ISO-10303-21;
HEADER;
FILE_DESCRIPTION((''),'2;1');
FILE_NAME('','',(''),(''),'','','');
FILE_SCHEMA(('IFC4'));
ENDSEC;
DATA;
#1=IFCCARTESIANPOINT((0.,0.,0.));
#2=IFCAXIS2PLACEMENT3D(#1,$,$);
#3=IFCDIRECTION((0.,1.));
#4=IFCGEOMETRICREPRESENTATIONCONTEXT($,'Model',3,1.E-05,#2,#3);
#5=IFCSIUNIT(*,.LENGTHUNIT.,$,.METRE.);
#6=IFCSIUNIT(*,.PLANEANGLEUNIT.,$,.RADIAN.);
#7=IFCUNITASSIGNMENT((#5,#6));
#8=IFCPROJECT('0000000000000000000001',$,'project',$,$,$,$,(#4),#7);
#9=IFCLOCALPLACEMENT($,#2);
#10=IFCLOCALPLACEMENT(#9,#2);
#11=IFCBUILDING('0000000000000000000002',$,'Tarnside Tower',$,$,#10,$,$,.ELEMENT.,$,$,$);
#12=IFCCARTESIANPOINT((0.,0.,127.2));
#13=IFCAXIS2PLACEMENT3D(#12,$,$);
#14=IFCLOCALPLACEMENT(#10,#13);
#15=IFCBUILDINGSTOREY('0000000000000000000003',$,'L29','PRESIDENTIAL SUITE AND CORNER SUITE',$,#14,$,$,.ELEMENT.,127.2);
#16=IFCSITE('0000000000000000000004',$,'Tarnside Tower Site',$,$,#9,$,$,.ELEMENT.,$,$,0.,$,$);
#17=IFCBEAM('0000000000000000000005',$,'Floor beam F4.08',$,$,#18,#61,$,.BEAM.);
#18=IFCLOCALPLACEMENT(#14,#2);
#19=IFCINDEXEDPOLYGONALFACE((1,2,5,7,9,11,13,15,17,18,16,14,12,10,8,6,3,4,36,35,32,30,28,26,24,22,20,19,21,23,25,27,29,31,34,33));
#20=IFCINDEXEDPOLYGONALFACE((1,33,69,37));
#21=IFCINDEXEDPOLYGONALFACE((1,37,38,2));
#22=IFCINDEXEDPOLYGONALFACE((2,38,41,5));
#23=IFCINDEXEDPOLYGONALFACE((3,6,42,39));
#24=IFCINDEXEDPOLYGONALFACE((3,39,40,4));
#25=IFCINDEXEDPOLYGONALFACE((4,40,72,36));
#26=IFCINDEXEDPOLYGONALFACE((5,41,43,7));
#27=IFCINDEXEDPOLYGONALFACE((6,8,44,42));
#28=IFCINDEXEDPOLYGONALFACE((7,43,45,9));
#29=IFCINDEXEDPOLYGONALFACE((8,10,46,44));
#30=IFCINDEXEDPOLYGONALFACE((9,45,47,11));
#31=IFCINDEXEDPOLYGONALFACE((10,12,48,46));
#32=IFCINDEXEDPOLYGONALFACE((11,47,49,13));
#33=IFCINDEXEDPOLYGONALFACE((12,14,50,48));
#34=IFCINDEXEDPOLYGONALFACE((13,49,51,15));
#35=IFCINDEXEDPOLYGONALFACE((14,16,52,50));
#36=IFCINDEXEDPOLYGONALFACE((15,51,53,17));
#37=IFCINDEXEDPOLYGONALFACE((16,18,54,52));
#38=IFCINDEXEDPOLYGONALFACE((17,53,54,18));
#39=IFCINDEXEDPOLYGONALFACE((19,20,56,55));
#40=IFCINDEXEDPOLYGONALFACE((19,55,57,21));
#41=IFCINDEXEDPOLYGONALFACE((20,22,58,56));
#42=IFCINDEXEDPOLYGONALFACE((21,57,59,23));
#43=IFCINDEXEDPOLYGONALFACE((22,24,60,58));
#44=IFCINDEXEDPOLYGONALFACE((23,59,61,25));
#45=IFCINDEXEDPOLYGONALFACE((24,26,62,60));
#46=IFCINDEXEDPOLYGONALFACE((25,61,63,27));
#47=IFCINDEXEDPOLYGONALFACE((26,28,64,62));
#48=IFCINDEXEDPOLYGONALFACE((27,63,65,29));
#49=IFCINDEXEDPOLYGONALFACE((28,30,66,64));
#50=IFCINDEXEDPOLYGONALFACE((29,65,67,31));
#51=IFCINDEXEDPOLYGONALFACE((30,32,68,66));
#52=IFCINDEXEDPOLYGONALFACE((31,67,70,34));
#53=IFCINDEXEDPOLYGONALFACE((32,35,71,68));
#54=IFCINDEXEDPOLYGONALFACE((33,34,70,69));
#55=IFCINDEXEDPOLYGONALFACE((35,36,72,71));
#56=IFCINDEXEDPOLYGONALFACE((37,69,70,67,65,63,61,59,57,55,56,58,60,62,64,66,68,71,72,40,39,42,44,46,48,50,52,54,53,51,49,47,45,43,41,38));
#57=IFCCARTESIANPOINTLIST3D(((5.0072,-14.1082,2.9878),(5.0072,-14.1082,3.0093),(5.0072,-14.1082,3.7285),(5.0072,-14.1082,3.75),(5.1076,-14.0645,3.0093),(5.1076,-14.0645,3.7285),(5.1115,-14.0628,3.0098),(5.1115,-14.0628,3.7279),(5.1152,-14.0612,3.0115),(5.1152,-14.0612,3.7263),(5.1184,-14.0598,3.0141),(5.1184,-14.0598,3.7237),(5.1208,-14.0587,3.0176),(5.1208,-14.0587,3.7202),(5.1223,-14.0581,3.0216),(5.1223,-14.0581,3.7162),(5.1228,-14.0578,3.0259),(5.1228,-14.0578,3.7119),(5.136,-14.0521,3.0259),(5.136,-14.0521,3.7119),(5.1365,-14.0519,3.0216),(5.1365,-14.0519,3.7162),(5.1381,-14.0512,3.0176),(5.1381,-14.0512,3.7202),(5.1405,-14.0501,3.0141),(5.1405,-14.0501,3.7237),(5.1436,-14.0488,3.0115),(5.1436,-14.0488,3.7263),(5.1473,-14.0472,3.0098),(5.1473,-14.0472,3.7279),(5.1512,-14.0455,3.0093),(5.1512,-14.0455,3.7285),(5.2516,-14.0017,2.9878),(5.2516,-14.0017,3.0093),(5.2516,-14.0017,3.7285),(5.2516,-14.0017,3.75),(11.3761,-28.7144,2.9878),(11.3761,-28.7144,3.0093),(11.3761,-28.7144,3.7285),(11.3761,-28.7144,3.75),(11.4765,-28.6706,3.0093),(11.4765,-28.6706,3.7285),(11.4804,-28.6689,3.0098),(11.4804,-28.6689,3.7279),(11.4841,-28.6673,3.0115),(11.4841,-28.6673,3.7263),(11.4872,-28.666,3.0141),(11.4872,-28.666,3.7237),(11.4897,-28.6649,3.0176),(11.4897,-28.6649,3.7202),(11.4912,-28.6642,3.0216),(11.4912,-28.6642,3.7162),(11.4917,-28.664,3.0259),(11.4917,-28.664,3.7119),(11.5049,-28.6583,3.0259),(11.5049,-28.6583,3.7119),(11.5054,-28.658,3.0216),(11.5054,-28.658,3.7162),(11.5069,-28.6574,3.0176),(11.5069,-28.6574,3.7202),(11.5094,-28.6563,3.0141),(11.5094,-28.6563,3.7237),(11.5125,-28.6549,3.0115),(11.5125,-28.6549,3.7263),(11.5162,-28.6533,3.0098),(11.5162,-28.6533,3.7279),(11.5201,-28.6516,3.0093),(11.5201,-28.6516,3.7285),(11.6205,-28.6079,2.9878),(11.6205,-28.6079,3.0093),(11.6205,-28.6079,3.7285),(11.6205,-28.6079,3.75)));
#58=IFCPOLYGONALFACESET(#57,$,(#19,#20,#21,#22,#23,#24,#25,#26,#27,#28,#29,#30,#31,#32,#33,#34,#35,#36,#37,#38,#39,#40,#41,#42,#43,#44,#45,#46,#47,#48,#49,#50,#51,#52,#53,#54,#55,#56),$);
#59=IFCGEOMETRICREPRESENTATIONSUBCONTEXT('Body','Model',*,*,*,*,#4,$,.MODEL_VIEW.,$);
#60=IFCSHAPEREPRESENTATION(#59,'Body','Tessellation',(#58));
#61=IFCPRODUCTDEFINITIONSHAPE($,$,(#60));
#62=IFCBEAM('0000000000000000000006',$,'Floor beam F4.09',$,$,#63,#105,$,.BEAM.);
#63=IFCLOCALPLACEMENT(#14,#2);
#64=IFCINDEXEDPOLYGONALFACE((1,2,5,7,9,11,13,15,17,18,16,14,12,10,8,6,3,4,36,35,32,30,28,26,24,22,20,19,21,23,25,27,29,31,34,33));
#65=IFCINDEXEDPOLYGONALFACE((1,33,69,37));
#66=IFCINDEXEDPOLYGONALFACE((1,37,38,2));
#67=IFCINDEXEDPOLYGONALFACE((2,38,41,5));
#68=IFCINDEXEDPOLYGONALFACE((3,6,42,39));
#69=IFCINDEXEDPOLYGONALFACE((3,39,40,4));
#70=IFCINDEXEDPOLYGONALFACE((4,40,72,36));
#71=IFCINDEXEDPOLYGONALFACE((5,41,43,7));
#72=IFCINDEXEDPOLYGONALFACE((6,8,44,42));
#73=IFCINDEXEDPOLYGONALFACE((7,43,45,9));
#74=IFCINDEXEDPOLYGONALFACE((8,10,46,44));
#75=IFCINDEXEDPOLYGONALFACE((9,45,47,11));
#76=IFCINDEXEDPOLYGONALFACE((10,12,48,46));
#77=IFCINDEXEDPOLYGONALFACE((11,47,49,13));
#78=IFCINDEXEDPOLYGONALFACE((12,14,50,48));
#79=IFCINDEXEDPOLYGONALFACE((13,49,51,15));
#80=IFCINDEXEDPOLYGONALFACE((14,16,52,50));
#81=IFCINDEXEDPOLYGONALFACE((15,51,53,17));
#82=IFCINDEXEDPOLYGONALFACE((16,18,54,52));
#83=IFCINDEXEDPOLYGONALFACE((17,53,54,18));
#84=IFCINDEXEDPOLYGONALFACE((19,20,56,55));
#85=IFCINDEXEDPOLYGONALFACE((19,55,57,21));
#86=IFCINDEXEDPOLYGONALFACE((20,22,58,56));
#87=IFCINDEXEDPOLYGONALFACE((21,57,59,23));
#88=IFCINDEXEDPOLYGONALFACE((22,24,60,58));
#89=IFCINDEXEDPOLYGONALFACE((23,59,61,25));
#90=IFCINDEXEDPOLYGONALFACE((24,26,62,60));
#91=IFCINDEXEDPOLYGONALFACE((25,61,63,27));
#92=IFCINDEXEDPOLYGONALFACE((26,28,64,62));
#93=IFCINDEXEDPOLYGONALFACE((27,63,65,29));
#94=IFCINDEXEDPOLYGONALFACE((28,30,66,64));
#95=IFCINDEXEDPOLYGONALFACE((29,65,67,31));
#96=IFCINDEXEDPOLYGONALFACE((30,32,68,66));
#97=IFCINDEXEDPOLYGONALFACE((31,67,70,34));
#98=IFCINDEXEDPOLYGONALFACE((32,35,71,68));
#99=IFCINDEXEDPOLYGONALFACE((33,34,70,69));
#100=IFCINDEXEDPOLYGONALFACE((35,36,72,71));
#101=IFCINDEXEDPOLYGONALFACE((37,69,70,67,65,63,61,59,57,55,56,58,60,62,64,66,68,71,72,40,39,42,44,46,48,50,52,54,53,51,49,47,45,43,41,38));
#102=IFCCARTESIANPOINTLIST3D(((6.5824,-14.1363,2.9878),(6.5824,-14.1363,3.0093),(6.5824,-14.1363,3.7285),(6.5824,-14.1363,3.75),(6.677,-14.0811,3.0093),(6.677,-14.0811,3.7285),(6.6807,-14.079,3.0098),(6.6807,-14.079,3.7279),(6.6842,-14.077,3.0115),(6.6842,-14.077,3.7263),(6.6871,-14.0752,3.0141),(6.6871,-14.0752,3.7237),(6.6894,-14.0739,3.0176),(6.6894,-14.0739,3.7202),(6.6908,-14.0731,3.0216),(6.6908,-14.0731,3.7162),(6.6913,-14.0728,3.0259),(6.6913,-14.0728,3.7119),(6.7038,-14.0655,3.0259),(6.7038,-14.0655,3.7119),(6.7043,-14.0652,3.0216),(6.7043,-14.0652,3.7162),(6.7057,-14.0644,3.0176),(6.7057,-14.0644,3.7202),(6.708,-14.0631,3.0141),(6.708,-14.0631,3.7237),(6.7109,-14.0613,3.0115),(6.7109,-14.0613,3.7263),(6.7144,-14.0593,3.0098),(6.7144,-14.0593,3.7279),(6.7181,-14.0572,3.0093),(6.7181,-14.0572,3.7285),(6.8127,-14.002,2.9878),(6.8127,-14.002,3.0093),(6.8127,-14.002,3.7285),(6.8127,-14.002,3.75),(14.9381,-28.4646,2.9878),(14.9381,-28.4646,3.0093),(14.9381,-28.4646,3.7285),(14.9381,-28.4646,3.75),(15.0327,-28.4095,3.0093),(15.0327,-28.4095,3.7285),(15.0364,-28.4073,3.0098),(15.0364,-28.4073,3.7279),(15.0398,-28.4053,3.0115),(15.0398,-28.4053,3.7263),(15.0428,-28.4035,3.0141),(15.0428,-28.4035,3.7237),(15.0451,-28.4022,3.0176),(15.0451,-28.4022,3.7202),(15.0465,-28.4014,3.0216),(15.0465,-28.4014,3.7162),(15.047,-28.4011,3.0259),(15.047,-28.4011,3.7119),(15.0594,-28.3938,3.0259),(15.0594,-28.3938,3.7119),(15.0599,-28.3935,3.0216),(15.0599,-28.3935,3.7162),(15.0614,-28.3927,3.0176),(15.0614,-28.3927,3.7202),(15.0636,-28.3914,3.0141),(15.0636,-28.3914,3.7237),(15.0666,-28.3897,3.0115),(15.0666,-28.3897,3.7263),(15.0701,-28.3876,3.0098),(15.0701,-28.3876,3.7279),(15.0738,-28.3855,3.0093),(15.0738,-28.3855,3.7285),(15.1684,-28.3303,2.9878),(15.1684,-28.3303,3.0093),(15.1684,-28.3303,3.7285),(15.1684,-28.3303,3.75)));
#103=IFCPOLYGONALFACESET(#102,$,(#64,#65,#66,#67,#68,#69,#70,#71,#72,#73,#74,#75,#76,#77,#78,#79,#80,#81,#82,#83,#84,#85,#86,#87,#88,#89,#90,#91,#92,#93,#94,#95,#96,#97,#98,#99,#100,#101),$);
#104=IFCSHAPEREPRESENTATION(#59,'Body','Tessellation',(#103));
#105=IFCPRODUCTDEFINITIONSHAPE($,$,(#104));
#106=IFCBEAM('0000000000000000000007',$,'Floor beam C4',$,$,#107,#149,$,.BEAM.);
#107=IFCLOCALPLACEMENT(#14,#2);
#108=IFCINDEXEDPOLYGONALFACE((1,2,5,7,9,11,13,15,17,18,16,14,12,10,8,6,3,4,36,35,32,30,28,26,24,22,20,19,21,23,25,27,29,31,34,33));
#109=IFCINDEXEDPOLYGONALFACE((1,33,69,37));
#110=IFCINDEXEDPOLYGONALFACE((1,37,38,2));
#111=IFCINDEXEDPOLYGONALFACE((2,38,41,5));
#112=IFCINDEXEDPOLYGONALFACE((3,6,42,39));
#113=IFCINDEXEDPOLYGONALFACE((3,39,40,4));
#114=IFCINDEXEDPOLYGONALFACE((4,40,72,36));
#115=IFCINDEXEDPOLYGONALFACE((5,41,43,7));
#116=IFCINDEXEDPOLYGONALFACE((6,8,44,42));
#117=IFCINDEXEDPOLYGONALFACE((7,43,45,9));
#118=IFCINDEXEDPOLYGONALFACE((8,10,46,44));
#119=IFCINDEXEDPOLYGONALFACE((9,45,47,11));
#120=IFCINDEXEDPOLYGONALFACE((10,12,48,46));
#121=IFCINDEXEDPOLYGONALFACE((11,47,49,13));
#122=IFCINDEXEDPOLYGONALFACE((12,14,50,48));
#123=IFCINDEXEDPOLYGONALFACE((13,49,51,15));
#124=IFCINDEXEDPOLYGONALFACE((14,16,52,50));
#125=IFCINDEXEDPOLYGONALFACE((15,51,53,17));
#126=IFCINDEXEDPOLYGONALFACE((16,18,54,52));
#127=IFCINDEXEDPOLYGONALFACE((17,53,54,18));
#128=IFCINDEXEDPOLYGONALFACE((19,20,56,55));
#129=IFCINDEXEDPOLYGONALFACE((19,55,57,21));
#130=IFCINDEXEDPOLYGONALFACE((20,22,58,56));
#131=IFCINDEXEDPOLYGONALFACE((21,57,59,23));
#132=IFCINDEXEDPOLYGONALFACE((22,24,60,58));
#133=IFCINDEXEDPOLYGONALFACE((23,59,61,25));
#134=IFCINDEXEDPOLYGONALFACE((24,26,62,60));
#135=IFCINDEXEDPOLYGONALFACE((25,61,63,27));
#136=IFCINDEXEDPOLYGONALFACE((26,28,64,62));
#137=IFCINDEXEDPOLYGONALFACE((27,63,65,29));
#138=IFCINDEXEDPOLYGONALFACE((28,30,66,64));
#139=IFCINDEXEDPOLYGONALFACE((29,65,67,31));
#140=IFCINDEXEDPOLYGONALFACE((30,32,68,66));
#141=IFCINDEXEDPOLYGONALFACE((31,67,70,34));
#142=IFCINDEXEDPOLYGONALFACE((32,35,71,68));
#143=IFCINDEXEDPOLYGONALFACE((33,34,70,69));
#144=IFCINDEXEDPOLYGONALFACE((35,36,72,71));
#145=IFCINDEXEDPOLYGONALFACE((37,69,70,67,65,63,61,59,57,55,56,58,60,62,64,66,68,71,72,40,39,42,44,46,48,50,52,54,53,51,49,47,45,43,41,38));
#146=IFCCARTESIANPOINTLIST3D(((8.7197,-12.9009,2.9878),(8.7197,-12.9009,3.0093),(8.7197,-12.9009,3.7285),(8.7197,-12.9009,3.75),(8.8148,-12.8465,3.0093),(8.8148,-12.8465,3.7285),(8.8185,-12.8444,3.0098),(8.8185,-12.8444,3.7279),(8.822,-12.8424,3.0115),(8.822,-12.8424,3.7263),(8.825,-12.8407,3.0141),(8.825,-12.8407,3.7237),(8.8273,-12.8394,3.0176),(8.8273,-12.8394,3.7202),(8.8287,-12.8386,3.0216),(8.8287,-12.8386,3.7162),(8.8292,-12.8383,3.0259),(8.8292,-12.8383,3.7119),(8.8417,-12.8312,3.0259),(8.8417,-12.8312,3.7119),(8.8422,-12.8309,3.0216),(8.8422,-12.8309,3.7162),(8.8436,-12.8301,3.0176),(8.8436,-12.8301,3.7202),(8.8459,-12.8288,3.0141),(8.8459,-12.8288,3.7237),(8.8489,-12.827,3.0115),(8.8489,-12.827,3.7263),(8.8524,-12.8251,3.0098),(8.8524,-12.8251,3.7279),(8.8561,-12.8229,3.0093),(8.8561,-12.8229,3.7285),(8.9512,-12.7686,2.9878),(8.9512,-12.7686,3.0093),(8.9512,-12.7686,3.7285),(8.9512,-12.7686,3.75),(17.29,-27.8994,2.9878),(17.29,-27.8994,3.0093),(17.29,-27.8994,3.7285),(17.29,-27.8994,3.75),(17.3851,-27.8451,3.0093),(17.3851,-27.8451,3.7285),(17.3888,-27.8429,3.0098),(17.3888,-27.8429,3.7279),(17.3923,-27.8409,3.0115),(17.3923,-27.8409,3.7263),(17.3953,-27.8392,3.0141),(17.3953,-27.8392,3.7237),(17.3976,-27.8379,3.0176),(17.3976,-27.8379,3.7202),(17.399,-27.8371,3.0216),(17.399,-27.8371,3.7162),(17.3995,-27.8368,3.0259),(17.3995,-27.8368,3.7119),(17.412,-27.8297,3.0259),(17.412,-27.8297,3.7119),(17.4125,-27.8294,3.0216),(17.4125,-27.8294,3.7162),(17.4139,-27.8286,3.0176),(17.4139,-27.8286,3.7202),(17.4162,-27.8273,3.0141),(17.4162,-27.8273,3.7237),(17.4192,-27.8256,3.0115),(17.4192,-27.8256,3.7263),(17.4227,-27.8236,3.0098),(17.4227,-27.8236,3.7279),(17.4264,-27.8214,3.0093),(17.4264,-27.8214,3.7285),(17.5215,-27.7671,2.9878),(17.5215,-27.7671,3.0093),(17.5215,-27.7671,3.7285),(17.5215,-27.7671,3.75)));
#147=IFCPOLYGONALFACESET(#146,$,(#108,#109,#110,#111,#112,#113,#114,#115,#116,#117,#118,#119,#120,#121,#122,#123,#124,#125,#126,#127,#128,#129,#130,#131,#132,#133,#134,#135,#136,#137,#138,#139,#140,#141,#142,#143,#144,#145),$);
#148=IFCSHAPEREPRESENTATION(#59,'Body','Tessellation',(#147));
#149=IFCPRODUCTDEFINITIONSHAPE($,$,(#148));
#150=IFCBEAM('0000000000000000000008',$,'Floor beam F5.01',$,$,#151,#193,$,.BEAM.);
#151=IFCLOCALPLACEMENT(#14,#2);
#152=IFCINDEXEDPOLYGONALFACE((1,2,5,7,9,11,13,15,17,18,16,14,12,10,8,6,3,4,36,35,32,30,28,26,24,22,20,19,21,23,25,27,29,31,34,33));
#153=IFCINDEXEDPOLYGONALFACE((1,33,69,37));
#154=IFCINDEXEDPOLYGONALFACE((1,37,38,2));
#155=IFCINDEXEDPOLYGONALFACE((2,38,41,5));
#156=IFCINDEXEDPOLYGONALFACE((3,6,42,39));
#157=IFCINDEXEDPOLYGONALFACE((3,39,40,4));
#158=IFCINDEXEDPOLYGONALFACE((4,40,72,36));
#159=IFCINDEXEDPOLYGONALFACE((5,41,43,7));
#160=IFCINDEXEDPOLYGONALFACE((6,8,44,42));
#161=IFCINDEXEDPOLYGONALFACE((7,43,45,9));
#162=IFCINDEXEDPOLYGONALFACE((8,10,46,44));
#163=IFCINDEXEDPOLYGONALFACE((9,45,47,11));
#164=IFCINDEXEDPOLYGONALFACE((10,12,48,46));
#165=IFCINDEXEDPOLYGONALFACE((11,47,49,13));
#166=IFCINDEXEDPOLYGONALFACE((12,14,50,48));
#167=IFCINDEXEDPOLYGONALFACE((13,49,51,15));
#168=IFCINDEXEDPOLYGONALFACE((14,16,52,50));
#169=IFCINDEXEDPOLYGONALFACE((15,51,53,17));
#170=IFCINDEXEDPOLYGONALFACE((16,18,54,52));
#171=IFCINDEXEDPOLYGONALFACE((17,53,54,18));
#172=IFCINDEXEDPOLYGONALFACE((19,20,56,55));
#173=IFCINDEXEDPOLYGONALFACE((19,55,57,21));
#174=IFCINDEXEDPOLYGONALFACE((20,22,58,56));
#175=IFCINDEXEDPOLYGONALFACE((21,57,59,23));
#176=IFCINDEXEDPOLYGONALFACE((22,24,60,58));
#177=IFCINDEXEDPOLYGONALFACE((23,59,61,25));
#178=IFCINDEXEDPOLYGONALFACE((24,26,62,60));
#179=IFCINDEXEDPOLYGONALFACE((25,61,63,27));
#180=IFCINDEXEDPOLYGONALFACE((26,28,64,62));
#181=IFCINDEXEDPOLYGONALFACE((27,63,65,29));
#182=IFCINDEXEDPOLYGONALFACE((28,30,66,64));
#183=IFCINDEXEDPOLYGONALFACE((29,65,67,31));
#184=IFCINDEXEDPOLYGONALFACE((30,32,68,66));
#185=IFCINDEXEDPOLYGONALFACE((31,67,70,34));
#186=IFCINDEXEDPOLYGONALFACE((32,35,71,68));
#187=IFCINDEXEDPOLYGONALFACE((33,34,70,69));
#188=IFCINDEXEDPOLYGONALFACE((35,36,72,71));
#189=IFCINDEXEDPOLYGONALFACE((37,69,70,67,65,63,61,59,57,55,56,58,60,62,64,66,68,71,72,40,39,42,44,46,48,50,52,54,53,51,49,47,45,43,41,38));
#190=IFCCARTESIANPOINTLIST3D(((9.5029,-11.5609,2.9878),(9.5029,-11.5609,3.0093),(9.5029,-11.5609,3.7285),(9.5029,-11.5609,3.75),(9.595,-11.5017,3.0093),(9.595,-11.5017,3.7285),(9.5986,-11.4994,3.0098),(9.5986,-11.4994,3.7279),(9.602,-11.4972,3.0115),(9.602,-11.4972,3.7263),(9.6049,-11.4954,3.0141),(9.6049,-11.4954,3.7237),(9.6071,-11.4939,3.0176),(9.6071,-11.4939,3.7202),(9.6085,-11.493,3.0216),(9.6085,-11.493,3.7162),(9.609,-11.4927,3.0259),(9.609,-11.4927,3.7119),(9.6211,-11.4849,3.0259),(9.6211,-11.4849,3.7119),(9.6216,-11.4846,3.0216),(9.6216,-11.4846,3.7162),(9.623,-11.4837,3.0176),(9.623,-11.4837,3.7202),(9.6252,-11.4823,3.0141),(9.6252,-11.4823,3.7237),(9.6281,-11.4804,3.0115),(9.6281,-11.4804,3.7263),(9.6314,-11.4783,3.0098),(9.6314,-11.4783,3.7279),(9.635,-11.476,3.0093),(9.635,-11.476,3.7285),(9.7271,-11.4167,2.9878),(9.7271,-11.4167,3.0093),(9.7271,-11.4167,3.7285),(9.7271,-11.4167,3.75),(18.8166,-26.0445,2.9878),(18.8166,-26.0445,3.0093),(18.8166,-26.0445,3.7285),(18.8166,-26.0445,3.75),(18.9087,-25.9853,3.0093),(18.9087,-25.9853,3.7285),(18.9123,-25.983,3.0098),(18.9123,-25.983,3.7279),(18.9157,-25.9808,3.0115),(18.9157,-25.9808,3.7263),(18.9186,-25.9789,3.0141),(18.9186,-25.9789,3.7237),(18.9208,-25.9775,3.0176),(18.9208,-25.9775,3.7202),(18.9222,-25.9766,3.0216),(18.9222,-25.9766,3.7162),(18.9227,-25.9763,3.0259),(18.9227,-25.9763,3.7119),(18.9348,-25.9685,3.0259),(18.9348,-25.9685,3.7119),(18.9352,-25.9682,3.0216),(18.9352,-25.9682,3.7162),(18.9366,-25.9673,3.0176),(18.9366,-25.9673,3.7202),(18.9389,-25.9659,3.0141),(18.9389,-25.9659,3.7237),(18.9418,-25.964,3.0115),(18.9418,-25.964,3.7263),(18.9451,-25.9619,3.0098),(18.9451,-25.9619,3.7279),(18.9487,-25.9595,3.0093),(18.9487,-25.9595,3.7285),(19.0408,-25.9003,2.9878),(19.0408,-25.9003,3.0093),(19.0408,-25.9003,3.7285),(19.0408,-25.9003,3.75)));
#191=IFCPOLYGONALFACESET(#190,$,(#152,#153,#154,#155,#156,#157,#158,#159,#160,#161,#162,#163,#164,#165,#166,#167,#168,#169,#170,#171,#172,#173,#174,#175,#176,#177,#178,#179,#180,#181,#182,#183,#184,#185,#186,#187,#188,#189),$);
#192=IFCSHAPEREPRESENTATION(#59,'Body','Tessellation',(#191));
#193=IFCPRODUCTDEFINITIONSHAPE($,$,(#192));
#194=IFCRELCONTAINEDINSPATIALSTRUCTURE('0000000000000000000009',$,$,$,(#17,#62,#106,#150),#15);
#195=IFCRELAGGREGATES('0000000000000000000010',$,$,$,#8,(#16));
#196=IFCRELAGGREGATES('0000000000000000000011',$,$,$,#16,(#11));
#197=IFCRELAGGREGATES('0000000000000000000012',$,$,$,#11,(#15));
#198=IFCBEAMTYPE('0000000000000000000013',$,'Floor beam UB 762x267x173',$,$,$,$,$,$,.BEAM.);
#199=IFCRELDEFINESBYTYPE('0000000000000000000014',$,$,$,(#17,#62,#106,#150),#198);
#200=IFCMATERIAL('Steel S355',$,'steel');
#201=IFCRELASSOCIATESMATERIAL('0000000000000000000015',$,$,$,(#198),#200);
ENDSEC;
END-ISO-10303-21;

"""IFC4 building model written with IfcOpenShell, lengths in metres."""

from ifc_helpers import new_model, si_unit, direction, frame, origin, origin_2d, place, context, subcontext, project, spatial, i_section, extrude, material, material_profile, profile_set, type_object, element, save


model = new_model("IFC4")

# Units and contexts
model_context = context("Model", 3, precision=1e-05, world=origin(), true_north=direction((0.0, 1.0)))
body_context = subcontext(model_context, "Body", "Model", "MODEL_VIEW")
ifc_project = project(units=[si_unit("LENGTHUNIT", "METRE"), si_unit("PLANEANGLEUNIT", "RADIAN")], contexts=[model_context])

# Site, building, storey
site_placement = place(None, origin())
site = spatial("IfcSite", under=ifc_project, at=site_placement, Name="Tarnside Tower Site", CompositionType="ELEMENT", RefElevation=0.0)
building_placement = place(site_placement, origin())
building = spatial("IfcBuilding", under=site, at=building_placement, Name="Tarnside Tower", CompositionType="ELEMENT")
storey_placement = place(building_placement, frame((0.0, 0.0, 127.2)))
storey = spatial("IfcBuildingStorey", under=building, at=storey_placement, Name="L29", Description="PRESIDENTIAL SUITE AND CORNER SUITE", CompositionType="ELEMENT", Elevation=127.2)

# Beams
ifc_material_1 = material(Name="Steel S355", Category="steel")
ifc_material_profile = material_profile(ifc_material_1, i_section(OverallWidth=0.2666, OverallDepth=0.7622, WebThickness=0.0144, FlangeThickness=0.0215, FilletRadius=0.0166, at=origin_2d()), Name="UB 762x267x173")
ifc_profile_set = profile_set([ifc_material_profile], Name="Steel S355")
beam_type = type_object("IfcBeamType", Name="Floor beam UB 762x267x173", PredefinedType="BEAM", material=ifc_profile_set)
beam_1_placement = place(storey_placement, frame((11.4983, -28.6611, 3.3689), z_axis=(-0.399696, 0.916648, 0.0), x_axis=(-0.916648, -0.399696, 0.0)))
element("IfcBeam", 1, at=beam_1_placement, inside=storey, type_object=beam_type, Name="Floor beam F4.08", PredefinedType="BEAM", context=body_context, shape_type="SweptSolid", body=[
    extrude(i_section(OverallWidth=0.2666, OverallDepth=0.7622, WebThickness=0.0144, FlangeThickness=0.0215, FilletRadius=0.0166, at=origin_2d()), origin(), (0.0, 0.0, 1.0), 15.9343),
])
beam_2_placement = place(storey_placement, frame((15.0532, -28.3975, 3.3689), z_axis=(-0.503758, 0.863845, 0.0), x_axis=(-0.863845, -0.503758, 0.0)))
element("IfcBeam", 2, at=beam_2_placement, inside=storey, type_object=beam_type, Name="Floor beam F4.09", PredefinedType="BEAM", context=body_context, shape_type="SweptSolid", body=[
    extrude(i_section(OverallWidth=0.2666, OverallDepth=0.7622, WebThickness=0.0144, FlangeThickness=0.0215, FilletRadius=0.0166, at=origin_2d()), origin(), (0.0, 0.0, 1.0), 16.5867),
])
beam_3_placement = place(storey_placement, frame((17.4058, -27.8333, 3.3689), z_axis=(-0.496127, 0.86825, 0.0), x_axis=(-0.86825, -0.496127, 0.0)))
element("IfcBeam", 3, at=beam_3_placement, inside=storey, type_object=beam_type, Name="Floor beam C4", PredefinedType="BEAM", context=body_context, shape_type="SweptSolid", body=[
    extrude(i_section(OverallWidth=0.2666, OverallDepth=0.7622, WebThickness=0.0144, FlangeThickness=0.0215, FilletRadius=0.0166, at=origin_2d()), origin(), (0.0, 0.0, 1.0), 17.2744),
])
beam_4_placement = place(storey_placement, frame((18.9287, -25.9724, 3.3689), z_axis=(-0.540873, 0.841104, 0.0), x_axis=(-0.841104, -0.540873, 0.0)))
element("IfcBeam", 4, at=beam_4_placement, inside=storey, type_object=beam_type, Name="Floor beam F5.01", PredefinedType="BEAM", context=body_context, shape_type="SweptSolid", body=[
    extrude(i_section(OverallWidth=0.2666, OverallDepth=0.7622, WebThickness=0.0144, FlangeThickness=0.0215, FilletRadius=0.0166, at=origin_2d()), origin(), (0.0, 0.0, 1.0), 17.2197),
])

save(model, "model.ifc")
